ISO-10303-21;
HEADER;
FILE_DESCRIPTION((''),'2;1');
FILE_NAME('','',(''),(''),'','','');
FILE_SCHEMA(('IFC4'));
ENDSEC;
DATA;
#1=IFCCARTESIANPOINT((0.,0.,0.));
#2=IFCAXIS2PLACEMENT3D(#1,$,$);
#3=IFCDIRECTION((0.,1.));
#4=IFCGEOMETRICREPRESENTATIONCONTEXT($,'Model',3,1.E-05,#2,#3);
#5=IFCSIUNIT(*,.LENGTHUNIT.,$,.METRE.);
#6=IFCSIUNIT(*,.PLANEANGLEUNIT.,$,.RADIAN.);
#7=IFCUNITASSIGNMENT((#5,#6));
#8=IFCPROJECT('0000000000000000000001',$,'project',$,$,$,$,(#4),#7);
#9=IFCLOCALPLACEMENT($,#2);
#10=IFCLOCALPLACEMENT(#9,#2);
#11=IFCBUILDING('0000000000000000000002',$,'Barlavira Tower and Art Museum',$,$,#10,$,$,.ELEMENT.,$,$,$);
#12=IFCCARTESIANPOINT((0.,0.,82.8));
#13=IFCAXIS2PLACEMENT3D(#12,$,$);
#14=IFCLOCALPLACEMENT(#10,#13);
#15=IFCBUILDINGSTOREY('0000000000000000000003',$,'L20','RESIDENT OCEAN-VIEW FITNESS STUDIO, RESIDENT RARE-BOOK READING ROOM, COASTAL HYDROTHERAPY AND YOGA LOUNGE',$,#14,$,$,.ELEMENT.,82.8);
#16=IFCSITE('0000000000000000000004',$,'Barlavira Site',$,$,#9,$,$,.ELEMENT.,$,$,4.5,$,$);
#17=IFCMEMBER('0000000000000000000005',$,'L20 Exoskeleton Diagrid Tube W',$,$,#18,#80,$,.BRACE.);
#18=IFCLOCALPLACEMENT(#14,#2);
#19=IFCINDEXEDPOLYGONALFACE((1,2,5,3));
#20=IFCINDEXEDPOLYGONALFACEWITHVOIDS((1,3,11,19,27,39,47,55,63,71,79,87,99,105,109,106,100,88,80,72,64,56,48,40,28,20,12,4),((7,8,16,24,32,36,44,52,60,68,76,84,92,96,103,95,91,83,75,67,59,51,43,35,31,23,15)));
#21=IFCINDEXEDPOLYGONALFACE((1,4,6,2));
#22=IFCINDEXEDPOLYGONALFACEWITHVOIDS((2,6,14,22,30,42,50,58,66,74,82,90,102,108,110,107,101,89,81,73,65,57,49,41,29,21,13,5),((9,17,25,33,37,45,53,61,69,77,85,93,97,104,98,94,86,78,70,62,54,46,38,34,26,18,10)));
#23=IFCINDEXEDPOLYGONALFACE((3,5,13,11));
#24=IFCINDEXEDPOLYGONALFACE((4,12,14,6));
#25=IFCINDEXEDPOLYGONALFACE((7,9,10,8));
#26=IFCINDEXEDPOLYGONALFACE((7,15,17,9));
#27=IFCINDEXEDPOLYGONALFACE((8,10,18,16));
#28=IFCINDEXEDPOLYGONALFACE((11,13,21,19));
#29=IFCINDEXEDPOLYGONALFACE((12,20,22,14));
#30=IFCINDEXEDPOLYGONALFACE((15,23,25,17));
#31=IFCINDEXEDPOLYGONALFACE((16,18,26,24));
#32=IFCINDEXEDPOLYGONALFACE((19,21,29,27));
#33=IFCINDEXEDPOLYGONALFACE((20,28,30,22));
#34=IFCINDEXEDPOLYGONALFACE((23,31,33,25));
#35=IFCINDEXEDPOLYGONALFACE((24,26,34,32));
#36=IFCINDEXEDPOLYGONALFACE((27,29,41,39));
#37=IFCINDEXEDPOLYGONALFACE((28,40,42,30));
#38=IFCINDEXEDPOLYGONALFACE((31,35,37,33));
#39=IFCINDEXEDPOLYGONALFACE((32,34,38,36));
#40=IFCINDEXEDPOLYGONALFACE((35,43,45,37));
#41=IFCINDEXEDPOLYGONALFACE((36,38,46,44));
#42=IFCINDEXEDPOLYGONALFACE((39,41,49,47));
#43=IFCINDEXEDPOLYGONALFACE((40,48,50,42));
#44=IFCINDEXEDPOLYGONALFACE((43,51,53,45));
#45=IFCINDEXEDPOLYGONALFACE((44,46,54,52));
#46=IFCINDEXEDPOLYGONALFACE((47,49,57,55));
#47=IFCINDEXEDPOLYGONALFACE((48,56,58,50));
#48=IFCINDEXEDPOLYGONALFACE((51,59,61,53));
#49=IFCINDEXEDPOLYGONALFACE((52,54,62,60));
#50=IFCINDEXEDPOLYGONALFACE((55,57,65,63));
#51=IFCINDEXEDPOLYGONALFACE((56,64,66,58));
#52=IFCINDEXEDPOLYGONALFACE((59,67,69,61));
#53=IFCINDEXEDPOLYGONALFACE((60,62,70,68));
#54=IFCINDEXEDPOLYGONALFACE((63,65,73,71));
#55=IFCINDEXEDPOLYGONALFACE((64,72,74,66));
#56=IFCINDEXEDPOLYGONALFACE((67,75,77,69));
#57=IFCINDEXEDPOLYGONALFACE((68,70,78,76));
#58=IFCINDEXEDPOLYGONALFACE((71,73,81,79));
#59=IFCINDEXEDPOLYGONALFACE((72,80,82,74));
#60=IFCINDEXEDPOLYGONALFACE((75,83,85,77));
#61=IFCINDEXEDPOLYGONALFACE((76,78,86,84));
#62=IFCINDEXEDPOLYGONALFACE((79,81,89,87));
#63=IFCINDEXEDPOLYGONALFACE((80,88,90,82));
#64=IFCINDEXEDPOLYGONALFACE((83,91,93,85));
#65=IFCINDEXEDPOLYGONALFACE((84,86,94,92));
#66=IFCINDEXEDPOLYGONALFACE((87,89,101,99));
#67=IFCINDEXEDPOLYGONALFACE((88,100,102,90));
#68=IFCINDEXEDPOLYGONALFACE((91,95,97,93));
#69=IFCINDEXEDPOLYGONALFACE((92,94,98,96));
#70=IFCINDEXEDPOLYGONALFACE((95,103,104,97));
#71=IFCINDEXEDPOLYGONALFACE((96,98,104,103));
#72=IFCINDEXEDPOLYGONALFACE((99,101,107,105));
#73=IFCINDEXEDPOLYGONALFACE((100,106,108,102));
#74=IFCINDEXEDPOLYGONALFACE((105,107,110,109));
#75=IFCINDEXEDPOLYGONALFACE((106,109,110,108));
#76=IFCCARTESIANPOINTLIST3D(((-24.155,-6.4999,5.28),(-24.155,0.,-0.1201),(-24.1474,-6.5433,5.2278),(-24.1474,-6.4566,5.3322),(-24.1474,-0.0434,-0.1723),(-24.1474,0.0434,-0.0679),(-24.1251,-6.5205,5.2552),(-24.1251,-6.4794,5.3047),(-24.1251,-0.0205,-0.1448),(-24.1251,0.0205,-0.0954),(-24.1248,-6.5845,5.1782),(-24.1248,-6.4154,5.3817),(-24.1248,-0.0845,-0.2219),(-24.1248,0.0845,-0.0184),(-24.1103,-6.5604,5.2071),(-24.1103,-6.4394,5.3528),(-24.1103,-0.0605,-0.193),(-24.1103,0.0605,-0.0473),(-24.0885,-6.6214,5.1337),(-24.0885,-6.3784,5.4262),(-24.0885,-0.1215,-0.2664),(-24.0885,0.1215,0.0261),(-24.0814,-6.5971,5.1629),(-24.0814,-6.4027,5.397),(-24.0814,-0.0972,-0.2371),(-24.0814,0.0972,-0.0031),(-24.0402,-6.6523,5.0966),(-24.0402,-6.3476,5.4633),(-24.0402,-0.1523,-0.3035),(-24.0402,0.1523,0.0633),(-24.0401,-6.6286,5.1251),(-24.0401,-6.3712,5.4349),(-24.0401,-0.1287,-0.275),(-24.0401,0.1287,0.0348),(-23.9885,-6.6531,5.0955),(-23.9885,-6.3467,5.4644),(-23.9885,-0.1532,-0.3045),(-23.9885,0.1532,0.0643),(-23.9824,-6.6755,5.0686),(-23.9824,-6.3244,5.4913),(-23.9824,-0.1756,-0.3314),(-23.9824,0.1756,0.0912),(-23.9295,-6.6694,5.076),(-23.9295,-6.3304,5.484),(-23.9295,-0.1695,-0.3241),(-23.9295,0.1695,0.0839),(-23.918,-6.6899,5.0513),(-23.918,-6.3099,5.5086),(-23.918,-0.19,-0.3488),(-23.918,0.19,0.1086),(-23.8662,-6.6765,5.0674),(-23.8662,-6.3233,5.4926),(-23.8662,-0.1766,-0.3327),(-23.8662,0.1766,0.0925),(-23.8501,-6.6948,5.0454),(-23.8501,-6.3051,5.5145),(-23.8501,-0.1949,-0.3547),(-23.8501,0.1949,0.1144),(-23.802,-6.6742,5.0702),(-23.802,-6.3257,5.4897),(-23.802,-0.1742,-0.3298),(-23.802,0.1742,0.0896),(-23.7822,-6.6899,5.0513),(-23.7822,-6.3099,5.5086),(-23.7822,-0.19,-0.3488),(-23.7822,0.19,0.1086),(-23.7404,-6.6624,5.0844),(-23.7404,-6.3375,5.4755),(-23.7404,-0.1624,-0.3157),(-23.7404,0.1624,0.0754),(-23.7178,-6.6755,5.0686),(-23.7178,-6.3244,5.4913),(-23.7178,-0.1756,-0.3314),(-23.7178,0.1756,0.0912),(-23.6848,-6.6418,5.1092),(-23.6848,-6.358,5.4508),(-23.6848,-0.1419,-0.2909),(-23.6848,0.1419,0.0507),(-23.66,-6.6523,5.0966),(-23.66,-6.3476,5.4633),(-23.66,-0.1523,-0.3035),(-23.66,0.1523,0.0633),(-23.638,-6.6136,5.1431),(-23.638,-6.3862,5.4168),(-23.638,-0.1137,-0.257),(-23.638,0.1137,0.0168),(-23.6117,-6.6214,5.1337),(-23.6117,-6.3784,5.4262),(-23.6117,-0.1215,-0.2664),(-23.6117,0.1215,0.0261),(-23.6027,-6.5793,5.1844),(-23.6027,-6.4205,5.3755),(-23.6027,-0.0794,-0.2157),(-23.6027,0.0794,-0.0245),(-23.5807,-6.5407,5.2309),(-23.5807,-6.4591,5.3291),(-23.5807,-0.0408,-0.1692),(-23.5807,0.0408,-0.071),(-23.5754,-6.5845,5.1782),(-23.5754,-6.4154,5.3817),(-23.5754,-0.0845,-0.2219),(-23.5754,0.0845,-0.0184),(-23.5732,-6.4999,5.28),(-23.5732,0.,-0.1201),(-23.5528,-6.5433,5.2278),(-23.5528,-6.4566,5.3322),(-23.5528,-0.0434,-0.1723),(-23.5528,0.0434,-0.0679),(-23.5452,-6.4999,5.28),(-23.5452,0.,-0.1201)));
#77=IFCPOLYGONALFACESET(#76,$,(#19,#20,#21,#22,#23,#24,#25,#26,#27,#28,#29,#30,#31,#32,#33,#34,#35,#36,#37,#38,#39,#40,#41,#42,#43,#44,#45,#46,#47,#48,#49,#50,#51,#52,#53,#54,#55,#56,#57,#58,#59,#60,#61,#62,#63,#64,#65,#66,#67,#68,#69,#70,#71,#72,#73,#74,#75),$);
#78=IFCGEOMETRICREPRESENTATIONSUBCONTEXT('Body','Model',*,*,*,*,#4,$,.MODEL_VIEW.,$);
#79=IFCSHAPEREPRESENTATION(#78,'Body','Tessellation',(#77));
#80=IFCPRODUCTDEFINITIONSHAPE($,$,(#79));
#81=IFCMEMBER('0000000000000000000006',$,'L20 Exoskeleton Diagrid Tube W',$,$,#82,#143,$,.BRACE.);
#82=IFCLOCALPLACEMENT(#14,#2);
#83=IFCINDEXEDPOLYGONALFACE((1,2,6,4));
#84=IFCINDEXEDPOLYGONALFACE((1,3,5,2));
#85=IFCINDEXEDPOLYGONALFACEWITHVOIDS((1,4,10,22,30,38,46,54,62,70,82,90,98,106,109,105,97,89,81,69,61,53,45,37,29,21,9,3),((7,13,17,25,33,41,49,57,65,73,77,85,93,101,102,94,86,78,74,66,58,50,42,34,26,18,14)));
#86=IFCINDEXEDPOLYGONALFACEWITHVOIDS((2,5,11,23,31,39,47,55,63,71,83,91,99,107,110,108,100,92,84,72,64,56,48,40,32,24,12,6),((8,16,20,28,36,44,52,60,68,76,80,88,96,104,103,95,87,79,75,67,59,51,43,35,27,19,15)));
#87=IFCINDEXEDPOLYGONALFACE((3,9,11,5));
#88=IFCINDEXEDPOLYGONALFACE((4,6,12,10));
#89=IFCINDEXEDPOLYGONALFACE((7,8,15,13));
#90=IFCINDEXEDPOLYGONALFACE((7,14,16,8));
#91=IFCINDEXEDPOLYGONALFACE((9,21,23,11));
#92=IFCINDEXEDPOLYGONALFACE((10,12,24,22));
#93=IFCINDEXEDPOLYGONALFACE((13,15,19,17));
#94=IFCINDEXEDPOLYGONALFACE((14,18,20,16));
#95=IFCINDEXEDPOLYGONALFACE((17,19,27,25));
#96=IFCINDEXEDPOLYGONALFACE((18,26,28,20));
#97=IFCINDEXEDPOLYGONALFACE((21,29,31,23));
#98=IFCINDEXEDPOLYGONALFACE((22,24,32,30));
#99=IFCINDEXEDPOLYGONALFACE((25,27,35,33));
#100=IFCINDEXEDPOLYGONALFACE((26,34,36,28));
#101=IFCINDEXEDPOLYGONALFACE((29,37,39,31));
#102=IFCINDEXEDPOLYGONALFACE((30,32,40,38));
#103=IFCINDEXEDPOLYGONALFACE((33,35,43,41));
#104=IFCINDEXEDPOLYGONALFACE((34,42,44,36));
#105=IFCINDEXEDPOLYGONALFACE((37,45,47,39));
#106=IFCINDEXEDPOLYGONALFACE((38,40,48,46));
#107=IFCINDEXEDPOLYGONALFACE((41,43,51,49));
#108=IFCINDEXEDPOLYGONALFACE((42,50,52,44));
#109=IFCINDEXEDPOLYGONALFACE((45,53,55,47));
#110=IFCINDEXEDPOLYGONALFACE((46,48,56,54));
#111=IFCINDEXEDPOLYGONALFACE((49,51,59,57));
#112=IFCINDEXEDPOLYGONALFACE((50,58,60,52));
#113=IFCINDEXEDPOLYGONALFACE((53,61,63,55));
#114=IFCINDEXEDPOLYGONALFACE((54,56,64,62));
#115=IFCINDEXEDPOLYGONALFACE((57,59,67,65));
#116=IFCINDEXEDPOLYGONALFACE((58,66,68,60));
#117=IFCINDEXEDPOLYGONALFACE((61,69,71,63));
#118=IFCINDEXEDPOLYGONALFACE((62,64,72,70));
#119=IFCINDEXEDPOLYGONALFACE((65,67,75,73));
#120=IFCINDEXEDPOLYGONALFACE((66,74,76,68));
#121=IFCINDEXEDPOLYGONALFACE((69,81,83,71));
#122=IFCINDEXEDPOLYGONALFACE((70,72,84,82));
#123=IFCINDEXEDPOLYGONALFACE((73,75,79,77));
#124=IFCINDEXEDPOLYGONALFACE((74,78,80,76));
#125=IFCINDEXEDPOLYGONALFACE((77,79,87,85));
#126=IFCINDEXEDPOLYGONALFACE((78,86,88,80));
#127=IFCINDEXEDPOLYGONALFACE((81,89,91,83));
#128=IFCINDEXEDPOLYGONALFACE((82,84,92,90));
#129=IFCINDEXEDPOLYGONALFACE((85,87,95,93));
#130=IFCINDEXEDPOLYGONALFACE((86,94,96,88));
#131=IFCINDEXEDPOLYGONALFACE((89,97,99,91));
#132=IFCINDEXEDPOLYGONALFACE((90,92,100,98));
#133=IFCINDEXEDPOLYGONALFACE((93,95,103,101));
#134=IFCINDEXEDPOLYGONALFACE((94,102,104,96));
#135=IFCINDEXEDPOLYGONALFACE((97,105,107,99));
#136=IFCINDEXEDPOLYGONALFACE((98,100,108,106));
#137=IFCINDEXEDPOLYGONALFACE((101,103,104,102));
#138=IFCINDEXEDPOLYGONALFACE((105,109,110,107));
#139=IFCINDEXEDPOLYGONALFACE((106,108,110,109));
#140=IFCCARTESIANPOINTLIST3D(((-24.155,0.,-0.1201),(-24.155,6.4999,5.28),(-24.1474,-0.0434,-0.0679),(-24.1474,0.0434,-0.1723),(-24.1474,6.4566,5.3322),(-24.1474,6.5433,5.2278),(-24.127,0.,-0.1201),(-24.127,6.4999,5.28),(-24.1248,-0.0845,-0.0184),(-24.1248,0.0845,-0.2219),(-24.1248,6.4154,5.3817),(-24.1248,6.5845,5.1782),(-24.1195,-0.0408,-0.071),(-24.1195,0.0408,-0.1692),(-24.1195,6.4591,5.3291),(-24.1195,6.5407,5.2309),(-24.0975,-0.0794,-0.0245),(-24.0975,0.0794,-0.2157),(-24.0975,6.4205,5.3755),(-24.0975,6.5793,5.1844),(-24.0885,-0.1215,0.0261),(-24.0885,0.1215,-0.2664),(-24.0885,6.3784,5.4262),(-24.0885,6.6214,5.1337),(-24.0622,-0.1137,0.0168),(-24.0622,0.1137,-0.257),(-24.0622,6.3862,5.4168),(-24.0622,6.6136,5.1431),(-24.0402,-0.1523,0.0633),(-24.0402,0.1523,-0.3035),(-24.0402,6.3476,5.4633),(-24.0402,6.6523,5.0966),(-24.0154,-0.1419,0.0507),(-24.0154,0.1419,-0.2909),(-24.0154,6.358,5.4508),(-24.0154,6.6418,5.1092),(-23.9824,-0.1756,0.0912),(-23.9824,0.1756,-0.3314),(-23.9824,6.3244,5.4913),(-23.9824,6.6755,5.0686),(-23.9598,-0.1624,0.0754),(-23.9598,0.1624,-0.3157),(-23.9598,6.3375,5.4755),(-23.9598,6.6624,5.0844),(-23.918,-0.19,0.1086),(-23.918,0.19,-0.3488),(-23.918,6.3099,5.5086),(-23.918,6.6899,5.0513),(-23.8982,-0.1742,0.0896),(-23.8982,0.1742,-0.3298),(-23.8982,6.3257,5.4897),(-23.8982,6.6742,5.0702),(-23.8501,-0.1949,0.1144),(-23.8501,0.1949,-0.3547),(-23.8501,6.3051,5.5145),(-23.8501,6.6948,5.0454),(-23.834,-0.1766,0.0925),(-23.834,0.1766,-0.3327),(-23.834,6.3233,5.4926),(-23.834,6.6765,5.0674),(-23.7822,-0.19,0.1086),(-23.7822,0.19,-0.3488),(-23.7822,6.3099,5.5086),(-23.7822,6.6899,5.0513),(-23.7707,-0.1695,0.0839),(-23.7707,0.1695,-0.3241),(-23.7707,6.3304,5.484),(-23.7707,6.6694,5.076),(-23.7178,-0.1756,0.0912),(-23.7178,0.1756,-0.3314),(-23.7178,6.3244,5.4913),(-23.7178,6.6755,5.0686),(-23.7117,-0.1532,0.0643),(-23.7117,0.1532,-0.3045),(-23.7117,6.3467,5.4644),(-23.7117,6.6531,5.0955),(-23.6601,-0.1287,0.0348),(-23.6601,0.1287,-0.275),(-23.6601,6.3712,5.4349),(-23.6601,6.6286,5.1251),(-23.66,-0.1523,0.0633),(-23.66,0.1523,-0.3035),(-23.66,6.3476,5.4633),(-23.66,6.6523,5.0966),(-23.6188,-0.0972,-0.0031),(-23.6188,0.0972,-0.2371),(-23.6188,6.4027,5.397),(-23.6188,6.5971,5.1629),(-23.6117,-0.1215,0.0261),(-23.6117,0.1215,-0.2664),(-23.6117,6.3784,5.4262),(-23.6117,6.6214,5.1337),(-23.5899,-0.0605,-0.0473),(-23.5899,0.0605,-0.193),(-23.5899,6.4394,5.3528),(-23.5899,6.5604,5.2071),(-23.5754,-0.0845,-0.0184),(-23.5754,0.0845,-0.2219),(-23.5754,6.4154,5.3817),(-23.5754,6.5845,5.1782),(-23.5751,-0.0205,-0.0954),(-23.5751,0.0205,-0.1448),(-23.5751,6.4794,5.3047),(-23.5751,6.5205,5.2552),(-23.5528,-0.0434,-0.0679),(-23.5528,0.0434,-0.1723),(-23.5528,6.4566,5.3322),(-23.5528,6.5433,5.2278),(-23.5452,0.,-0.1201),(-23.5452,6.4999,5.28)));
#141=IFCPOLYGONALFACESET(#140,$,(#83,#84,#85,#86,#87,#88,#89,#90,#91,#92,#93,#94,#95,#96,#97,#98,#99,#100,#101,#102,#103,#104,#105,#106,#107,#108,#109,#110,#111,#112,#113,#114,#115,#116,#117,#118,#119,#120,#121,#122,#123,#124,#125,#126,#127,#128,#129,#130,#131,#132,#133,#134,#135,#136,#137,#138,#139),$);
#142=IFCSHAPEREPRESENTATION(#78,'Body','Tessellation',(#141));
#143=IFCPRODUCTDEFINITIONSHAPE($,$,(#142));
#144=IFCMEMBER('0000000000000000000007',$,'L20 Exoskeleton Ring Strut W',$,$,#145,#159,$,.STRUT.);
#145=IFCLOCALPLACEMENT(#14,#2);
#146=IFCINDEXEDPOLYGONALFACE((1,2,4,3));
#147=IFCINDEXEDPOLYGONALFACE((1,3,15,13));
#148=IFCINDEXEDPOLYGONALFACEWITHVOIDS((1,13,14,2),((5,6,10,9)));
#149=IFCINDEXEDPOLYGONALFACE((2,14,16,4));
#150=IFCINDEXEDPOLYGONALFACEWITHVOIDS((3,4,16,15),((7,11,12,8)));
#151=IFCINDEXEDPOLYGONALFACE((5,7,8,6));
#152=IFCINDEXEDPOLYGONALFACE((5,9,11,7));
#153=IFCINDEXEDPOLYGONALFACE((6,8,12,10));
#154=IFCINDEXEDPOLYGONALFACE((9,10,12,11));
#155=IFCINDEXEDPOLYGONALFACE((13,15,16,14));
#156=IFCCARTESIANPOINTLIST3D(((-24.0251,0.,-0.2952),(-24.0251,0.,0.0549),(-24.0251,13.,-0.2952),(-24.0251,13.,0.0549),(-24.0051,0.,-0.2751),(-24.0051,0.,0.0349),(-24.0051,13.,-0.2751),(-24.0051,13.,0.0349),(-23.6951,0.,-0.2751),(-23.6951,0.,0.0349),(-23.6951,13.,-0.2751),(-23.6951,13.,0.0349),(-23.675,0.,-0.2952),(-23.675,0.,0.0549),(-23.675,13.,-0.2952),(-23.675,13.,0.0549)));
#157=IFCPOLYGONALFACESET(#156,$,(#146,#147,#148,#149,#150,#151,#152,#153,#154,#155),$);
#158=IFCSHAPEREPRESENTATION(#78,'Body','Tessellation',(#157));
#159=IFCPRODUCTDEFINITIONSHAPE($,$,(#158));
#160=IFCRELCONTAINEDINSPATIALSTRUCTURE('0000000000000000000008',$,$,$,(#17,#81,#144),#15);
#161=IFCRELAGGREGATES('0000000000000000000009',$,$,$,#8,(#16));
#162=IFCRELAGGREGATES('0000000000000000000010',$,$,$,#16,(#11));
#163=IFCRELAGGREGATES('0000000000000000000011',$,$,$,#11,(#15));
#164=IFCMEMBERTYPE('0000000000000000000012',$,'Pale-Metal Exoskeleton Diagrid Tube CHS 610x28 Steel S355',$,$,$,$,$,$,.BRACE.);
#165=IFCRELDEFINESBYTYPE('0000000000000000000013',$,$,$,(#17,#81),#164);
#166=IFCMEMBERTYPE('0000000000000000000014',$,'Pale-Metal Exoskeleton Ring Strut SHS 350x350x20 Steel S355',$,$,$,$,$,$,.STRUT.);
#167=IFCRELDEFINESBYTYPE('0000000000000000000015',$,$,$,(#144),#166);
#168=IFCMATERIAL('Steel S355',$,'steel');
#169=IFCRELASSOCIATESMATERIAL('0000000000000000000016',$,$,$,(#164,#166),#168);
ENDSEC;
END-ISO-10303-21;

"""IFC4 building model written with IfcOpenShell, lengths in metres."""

from ifc_helpers import new_model, si_unit, direction, frame, origin, origin_2d, place, context, subcontext, project, spatial, hollow_rectangle, hollow_circle, extrude, material, material_profile, profile_set, type_object, element, save


model = new_model("IFC4")

# Units and contexts
model_context = context("Model", 3, precision=1e-05, world=origin(), true_north=direction((0.0, 1.0)))
body_context = subcontext(model_context, "Body", "Model", "MODEL_VIEW")
ifc_project = project(units=[si_unit("LENGTHUNIT", "METRE"), si_unit("PLANEANGLEUNIT", "RADIAN")], contexts=[model_context])

# Site, building, storey
site_placement = place(None, origin())
site = spatial("IfcSite", under=ifc_project, at=site_placement, Name="Barlavira Site", CompositionType="ELEMENT", RefElevation=4.5)
building_placement = place(site_placement, origin())
building = spatial("IfcBuilding", under=site, at=building_placement, Name="Barlavira Tower and Art Museum", CompositionType="ELEMENT")
storey_placement = place(building_placement, frame((0.0, 0.0, 82.8)))
storey = spatial("IfcBuildingStorey", under=building, at=storey_placement, Name="L20", Description="RESIDENT OCEAN-VIEW FITNESS STUDIO, RESIDENT RARE-BOOK READING ROOM, COASTAL HYDROTHERAPY AND YOGA LOUNGE", CompositionType="ELEMENT", Elevation=82.8)

# Members
ifc_material_1 = material(Name="Steel S355", Category="steel")
ifc_material_profile_1 = material_profile(ifc_material_1, hollow_circle(Radius=0.3049, WallThickness=0.0281, at=origin_2d()), Name="CHS 610.0x28.0")
ifc_profile_set_1 = profile_set([ifc_material_profile_1], Name="Steel S355")
member_type_1 = type_object("IfcMemberType", Name="Pale-Metal Exoskeleton Diagrid Tube CHS 610x28 Steel S355", PredefinedType="BRACE", material=ifc_profile_set_1)
for number, where, z_axis, x_axis, name in (
    (1, (-23.8501, 0.0, -0.1201), (0.0, -0.769182, 0.63903), (1.0, 0.0, 0.0), "L20 Exoskeleton Diagrid Tube W"),
    (2, (-23.8501, 0.0, -0.1201), (0.0, 0.769182, 0.63903), (-1.0, 0.0, 0.0), "L20 Exoskeleton Diagrid Tube W"),
):
    element("IfcMember", number, at=place(storey_placement, frame(where, z_axis=z_axis, x_axis=x_axis)), inside=storey, type_object=member_type_1, Name=name, PredefinedType="BRACE", context=body_context, shape_type="SweptSolid", body=[
        extrude(hollow_circle(Radius=0.3049, WallThickness=0.0281, at=origin_2d()), origin(), (0.0, 0.0, 1.0), 8.4504),
    ])
ifc_material_profile_2 = material_profile(ifc_material_1, hollow_rectangle(XDim=0.3501, YDim=0.3501, WallThickness=0.02, at=origin_2d()), Name="SHS 350x350x20.0")
ifc_profile_set_2 = profile_set([ifc_material_profile_2], Name="Steel S355")
member_type_2 = type_object("IfcMemberType", Name="Pale-Metal Exoskeleton Ring Strut SHS 350x350x20 Steel S355", PredefinedType="STRUT", material=ifc_profile_set_2)
member_1_placement = place(storey_placement, frame((-23.8501, 0.0, -0.1201), z_axis=(0.0, 1.0, 0.0), x_axis=(-1.0, 0.0, 0.0)))
element("IfcMember", 3, at=member_1_placement, inside=storey, type_object=member_type_2, Name="L20 Exoskeleton Ring Strut W", PredefinedType="STRUT", context=body_context, shape_type="SweptSolid", body=[
    extrude(hollow_rectangle(XDim=0.3501, YDim=0.3501, WallThickness=0.02, at=origin_2d()), origin(), (0.0, 0.0, 1.0), 13.0),
])

save(model, "model.ifc")
